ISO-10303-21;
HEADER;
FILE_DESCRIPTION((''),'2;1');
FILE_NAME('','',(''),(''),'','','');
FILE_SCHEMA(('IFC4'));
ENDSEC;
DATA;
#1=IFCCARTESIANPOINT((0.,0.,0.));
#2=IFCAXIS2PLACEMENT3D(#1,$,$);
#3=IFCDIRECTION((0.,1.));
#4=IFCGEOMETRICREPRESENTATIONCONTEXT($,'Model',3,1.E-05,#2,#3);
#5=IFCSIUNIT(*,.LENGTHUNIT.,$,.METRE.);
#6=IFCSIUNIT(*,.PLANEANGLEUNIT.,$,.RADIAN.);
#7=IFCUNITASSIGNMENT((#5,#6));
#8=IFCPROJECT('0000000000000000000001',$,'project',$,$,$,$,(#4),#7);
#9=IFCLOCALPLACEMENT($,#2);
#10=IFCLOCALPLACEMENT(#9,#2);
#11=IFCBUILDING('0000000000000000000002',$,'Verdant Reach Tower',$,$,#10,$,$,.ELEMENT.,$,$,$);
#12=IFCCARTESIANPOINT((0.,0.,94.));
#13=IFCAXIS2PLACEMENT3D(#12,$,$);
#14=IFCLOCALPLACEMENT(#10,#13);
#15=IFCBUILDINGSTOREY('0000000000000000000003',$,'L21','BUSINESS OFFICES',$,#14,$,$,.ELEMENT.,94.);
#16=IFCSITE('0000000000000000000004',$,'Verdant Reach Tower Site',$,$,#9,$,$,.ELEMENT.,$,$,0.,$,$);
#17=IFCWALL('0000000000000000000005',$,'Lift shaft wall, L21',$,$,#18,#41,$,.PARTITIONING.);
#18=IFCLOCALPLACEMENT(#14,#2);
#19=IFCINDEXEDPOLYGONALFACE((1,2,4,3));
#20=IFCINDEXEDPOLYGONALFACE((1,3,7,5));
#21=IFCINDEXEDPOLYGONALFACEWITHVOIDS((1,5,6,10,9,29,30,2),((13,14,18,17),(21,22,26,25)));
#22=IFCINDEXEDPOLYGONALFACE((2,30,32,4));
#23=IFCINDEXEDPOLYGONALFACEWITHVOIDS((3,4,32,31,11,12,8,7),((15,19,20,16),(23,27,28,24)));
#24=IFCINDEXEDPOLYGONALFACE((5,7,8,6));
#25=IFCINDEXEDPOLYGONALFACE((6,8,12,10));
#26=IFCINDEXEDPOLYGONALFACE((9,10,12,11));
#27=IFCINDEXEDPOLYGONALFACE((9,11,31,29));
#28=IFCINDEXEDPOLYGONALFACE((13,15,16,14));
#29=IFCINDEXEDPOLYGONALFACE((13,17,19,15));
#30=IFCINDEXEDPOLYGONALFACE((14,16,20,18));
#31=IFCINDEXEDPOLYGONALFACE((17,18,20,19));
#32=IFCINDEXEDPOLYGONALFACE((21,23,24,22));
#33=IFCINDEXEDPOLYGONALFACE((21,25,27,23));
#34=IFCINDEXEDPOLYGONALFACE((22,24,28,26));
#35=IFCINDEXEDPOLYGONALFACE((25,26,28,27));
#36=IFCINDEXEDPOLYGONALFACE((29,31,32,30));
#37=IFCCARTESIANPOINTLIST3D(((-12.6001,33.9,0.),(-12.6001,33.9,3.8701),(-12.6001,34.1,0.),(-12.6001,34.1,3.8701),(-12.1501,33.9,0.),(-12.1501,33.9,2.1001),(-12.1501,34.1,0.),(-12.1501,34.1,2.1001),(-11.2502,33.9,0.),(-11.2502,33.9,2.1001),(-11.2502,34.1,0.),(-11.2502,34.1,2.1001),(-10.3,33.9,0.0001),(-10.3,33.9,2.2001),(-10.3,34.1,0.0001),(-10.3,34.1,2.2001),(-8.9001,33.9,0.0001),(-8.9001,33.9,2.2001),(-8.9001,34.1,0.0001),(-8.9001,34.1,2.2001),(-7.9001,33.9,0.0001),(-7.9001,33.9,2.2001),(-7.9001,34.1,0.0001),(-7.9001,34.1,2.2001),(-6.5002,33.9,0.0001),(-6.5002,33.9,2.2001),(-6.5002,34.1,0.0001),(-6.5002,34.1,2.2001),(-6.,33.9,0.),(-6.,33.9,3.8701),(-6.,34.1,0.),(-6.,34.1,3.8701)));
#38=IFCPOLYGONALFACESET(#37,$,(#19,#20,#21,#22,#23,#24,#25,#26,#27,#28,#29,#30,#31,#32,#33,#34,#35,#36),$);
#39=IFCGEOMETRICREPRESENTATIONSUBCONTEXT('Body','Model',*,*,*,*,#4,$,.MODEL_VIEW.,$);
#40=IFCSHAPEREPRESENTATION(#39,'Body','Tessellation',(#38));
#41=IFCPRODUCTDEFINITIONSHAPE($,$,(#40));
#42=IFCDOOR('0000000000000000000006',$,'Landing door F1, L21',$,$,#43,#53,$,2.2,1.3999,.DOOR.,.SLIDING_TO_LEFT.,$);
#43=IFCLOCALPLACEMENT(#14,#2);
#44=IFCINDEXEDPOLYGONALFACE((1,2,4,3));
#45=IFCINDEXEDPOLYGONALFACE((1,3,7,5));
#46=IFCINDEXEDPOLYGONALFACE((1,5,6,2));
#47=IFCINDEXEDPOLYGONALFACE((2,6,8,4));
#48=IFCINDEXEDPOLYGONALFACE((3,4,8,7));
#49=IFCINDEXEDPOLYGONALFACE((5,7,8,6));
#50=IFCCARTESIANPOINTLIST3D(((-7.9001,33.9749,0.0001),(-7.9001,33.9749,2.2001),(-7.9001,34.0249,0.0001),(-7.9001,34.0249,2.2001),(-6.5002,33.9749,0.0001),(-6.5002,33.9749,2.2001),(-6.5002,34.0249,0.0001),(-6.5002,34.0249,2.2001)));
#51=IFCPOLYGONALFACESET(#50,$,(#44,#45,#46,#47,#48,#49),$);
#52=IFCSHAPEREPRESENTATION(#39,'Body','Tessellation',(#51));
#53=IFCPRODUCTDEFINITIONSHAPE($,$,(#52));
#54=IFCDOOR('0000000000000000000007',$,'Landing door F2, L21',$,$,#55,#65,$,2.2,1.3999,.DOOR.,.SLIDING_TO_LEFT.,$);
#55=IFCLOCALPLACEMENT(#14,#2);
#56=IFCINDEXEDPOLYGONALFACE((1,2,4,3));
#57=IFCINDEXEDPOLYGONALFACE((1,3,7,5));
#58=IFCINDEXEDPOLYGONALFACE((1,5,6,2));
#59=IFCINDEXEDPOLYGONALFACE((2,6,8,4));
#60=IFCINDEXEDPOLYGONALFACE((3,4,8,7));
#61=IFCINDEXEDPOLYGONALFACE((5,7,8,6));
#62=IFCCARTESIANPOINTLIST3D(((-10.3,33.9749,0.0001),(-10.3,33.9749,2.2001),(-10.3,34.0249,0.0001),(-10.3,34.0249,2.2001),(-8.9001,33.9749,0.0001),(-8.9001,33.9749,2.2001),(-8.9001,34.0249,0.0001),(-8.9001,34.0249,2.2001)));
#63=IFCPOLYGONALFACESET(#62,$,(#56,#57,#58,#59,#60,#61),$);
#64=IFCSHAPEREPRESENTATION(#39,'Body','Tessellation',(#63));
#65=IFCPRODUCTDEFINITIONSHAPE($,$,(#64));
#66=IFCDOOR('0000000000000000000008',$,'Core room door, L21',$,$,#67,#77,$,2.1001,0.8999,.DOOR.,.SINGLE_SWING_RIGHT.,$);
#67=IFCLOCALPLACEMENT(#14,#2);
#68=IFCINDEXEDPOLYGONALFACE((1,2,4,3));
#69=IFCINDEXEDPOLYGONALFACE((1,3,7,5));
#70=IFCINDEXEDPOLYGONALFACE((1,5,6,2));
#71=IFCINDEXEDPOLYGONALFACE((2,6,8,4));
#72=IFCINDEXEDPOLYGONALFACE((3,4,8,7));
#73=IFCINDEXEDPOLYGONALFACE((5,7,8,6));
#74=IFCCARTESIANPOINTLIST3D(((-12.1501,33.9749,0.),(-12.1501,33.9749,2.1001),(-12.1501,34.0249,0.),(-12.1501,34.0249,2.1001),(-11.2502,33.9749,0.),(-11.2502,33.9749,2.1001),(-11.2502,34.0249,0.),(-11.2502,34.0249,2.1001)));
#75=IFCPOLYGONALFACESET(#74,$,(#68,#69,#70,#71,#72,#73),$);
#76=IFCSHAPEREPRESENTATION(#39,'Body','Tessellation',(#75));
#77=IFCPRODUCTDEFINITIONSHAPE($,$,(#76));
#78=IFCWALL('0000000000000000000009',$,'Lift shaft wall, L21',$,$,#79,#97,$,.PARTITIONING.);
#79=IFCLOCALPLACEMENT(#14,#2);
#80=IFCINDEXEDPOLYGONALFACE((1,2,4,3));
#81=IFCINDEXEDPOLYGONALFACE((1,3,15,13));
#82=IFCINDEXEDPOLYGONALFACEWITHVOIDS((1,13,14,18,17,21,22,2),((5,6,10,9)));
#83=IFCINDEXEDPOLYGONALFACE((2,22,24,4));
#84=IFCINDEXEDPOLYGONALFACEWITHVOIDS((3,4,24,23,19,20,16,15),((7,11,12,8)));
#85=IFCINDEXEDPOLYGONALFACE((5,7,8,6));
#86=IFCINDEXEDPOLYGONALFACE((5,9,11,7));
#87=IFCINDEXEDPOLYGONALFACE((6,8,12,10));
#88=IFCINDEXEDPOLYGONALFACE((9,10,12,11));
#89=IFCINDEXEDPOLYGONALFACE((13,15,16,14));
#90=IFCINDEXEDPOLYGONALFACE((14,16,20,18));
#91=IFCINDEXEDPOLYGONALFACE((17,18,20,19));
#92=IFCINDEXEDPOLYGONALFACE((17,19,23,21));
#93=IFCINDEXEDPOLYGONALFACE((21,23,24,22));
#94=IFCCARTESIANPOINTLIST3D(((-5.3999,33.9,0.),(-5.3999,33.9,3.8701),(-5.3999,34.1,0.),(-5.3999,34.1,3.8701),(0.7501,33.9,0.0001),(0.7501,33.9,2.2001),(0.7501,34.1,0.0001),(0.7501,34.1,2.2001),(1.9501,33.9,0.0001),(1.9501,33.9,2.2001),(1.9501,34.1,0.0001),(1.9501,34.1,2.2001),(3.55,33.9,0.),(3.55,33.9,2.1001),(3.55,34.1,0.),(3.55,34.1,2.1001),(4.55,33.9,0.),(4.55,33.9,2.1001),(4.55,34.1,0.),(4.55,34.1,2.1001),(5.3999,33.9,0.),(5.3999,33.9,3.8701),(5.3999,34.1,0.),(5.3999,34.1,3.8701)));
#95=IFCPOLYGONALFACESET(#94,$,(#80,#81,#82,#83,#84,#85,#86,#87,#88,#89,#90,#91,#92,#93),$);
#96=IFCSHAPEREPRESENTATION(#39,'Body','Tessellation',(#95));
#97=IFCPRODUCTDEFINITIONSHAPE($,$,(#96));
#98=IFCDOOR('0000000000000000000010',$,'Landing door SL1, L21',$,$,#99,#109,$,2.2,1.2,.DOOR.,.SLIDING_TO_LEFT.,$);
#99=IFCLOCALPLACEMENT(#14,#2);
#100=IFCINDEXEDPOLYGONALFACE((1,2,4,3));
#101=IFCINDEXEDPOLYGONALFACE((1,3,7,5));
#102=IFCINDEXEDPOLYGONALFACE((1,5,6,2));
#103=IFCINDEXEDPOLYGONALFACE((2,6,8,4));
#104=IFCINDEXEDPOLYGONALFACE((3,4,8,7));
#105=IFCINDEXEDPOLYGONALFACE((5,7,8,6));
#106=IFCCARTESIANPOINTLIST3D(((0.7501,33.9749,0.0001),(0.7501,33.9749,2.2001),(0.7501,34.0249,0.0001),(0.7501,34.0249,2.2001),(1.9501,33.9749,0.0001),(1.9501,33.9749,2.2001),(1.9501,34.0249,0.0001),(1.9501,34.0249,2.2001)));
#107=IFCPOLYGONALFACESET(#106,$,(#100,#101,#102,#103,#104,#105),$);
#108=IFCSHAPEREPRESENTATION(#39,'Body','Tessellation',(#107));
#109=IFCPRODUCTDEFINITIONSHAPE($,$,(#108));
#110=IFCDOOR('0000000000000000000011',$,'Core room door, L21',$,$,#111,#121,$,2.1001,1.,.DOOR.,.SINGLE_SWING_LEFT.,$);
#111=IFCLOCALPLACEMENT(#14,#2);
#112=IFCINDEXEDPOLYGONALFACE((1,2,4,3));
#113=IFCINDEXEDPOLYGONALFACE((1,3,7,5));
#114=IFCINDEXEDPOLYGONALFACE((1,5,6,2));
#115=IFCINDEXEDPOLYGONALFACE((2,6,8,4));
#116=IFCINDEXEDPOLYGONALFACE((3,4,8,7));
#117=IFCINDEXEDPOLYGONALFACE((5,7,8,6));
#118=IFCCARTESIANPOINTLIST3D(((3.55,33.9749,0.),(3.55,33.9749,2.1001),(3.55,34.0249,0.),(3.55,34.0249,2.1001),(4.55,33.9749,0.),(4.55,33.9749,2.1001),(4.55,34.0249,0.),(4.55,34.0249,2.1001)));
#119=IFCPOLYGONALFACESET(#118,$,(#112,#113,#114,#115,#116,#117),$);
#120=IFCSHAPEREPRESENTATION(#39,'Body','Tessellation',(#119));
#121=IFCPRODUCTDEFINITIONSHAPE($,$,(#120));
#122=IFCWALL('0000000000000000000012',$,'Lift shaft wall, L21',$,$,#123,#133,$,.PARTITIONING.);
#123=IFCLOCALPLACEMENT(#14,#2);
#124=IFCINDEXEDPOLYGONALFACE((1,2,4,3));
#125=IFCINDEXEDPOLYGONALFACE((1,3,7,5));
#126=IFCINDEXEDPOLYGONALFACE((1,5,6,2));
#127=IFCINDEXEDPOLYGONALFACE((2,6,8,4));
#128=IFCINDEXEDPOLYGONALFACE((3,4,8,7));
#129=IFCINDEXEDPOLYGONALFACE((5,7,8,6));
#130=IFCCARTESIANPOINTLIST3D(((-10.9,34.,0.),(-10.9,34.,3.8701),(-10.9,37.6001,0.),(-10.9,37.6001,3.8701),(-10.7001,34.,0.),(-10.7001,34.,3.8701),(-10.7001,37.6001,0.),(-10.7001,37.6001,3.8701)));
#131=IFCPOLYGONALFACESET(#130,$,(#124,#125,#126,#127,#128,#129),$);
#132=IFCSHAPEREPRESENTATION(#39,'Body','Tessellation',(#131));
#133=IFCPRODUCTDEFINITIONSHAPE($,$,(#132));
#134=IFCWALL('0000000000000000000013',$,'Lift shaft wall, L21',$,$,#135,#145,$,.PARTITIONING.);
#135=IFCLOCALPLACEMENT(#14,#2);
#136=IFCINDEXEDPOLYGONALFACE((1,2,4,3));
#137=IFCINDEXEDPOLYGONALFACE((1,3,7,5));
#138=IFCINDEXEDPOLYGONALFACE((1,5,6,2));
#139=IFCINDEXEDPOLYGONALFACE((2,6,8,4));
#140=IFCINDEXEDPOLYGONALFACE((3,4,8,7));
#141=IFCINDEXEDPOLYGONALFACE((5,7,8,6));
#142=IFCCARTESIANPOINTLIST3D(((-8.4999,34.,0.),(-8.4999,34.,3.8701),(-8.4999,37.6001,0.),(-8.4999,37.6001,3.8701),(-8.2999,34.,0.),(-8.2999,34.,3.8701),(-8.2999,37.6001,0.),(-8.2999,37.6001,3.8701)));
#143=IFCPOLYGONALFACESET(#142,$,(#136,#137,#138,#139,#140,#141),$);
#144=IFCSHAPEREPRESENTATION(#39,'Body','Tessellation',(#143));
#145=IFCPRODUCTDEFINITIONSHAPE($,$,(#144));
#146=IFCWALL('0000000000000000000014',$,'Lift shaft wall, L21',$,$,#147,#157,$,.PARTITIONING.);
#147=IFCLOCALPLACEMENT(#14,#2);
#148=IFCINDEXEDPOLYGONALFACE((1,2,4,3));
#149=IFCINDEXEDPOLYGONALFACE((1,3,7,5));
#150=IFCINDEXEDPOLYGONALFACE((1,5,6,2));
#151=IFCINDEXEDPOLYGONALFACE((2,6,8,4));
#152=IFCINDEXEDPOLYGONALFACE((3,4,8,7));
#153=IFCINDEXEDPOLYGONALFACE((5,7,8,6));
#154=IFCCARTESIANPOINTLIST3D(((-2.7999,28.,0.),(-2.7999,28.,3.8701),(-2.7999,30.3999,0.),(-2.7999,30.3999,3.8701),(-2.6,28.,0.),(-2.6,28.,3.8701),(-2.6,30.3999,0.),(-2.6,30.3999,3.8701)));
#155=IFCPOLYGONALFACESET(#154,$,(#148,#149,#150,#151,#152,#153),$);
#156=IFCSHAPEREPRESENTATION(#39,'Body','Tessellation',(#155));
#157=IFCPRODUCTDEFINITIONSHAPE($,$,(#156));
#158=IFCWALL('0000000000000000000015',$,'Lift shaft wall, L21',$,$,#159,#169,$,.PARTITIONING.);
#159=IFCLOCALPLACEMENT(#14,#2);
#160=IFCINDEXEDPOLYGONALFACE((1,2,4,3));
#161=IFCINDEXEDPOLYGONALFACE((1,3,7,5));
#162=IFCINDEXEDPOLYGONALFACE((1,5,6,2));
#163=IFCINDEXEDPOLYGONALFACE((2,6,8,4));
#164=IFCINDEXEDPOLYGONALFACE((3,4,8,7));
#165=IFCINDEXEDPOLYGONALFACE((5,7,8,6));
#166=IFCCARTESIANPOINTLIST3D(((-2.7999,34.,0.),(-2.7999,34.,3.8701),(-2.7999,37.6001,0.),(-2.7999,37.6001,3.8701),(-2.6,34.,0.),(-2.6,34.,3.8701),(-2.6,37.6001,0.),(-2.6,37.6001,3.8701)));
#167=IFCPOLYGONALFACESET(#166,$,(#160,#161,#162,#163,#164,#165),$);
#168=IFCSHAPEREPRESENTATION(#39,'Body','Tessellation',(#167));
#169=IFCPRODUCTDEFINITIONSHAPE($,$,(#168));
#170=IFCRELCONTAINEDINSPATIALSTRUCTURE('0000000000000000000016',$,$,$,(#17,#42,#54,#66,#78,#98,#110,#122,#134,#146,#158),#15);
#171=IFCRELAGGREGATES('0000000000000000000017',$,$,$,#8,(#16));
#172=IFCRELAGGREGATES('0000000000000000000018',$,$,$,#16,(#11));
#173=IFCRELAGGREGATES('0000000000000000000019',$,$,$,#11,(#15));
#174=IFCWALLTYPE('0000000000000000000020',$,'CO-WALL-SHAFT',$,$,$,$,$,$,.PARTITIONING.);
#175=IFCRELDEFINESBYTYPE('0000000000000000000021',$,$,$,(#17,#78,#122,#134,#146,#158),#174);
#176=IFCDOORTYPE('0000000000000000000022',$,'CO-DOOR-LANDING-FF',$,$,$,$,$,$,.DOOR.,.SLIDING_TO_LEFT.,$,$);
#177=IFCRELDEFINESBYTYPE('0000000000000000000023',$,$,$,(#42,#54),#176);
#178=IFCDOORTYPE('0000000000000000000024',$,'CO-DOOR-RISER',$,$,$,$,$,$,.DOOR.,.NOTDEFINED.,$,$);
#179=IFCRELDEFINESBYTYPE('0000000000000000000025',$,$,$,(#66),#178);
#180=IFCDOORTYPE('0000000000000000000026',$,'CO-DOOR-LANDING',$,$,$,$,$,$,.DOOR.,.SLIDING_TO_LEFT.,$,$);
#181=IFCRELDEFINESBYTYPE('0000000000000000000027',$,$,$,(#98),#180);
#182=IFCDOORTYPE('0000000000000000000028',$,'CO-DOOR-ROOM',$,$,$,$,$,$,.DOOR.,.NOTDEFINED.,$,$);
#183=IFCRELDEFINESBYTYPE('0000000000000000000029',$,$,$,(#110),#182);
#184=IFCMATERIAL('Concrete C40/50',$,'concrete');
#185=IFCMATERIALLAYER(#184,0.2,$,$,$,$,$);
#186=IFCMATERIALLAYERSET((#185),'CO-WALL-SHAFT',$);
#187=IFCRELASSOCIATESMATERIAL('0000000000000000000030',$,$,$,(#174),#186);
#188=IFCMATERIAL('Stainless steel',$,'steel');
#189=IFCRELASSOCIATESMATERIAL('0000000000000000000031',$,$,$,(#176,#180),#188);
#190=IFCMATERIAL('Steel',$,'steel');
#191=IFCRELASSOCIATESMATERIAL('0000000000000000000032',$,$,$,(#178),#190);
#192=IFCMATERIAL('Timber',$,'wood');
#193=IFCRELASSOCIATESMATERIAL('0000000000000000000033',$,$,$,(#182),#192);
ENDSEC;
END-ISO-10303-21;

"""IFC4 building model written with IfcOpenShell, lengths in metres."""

from ifc_helpers import new_model, si_unit, direction, frame, frame_2d, origin, place, context, subcontext, project, spatial, rectangle, extrude, material, layer, layer_set, type_object, element, fill, save


model = new_model("IFC4")

# Units and contexts
model_context = context("Model", 3, precision=1e-05, world=origin(), true_north=direction((0.0, 1.0)))
body_context = subcontext(model_context, "Body", "Model", "MODEL_VIEW")
ifc_project = project(units=[si_unit("LENGTHUNIT", "METRE"), si_unit("PLANEANGLEUNIT", "RADIAN")], contexts=[model_context])

# Site, building, storey
site_placement = place(None, origin())
site = spatial("IfcSite", under=ifc_project, at=site_placement, Name="Verdant Reach Tower Site", CompositionType="ELEMENT", RefElevation=0.0)
building_placement = place(site_placement, origin())
building = spatial("IfcBuilding", under=site, at=building_placement, Name="Verdant Reach Tower", CompositionType="ELEMENT")
storey_placement = place(building_placement, frame((0.0, 0.0, 94.0)))
storey = spatial("IfcBuildingStorey", under=building, at=storey_placement, Name="L21", Description="BUSINESS OFFICES", CompositionType="ELEMENT", Elevation=94.0)

# Shared definitions
ifc_material_1 = material(Name="Concrete C40/50", Category="concrete")
ifc_layer_1 = layer(ifc_material_1, 0.2)
ifc_layer_set_1 = layer_set([ifc_layer_1], Name="CO-WALL-SHAFT")
wall_type_1 = type_object("IfcWallType", Name="CO-WALL-SHAFT", PredefinedType="PARTITIONING", material=ifc_layer_set_1)

# Walls, openings, doors
wall_1_placement = place(storey_placement, frame((-12.6001, 34.0, 0.0), z_axis=(0.0, 0.0, 1.0), x_axis=(1.0, 0.0, 0.0)))
wall_1 = element("IfcWall", 1, at=wall_1_placement, inside=storey, type_object=wall_type_1, Name="Lift shaft wall, L21", PredefinedType="PARTITIONING", context=body_context, shape_type="SweptSolid", body=[
    extrude(rectangle(XDim=6.6001, YDim=0.2, at=frame_2d((3.3, 0.0))), origin(), (0.0, 0.0, 1.0), 3.8701),
])
opening_1_placement = place(wall_1_placement, frame((4.7, 0.0, 0.0)))
opening_1 = element("IfcOpeningElement", 2, at=opening_1_placement, cuts=wall_1, PredefinedType="OPENING", context=body_context, shape_type="SweptSolid", body=[
    extrude(rectangle(XDim=1.3999, YDim=2.2, at=frame_2d((0.7, 1.1001))), frame((0.0, 0.1099, 0.0), z_axis=(0.0, -1.0, 0.0), x_axis=(1.0, 0.0, 0.0)), (0.0, 0.0, 1.0), 0.22),
])
opening_2_placement = place(wall_1_placement, frame((2.3, 0.0, 0.0)))
opening_2 = element("IfcOpeningElement", 3, at=opening_2_placement, cuts=wall_1, PredefinedType="OPENING", context=body_context, shape_type="SweptSolid", body=[
    extrude(rectangle(XDim=1.3999, YDim=2.2, at=frame_2d((0.7, 1.1001))), frame((0.0, 0.1099, 0.0), z_axis=(0.0, -1.0, 0.0), x_axis=(1.0, 0.0, 0.0)), (0.0, 0.0, 1.0), 0.22),
])
opening_3_placement = place(wall_1_placement, frame((0.45, 0.0, 0.0)))
opening_3 = element("IfcOpeningElement", 4, at=opening_3_placement, cuts=wall_1, PredefinedType="OPENING", context=body_context, shape_type="SweptSolid", body=[
    extrude(rectangle(XDim=0.8999, YDim=2.1001, at=frame_2d((0.45, 1.05))), frame((0.0, 0.1099, 0.0), z_axis=(0.0, -1.0, 0.0), x_axis=(1.0, 0.0, 0.0)), (0.0, 0.0, 1.0), 0.22),
])
ifc_material_2 = material(Name="Stainless steel", Category="steel")
door_type_1 = type_object("IfcDoorType", Name="CO-DOOR-LANDING-FF", OperationType="SLIDING_TO_LEFT", PredefinedType="DOOR", material=ifc_material_2)
door_1_placement = place(opening_1_placement, origin())
door_1 = element("IfcDoor", 5, at=door_1_placement, inside=storey, type_object=door_type_1, Name="Landing door F1, L21", OperationType="SLIDING_TO_LEFT", OverallHeight=2.2, OverallWidth=1.3999, PredefinedType="DOOR", context=body_context, shape_type="SweptSolid", body=[
    extrude(rectangle(XDim=1.3999, YDim=2.2, at=frame_2d((0.7, 1.1001))), frame((0.0, 0.0249, 0.0), z_axis=(0.0, -1.0, 0.0), x_axis=(1.0, 0.0, 0.0)), (0.0, 0.0, 1.0), 0.05),
])
fill(opening_1, door_1)
door_2_placement = place(opening_2_placement, origin())
door_2 = element("IfcDoor", 6, at=door_2_placement, inside=storey, type_object=door_type_1, Name="Landing door F2, L21", OperationType="SLIDING_TO_LEFT", OverallHeight=2.2, OverallWidth=1.3999, PredefinedType="DOOR", context=body_context, shape_type="SweptSolid", body=[
    extrude(rectangle(XDim=1.3999, YDim=2.2, at=frame_2d((0.7, 1.1001))), frame((0.0, 0.0249, 0.0), z_axis=(0.0, -1.0, 0.0), x_axis=(1.0, 0.0, 0.0)), (0.0, 0.0, 1.0), 0.05),
])
fill(opening_2, door_2)
ifc_material_3 = material(Name="Steel", Category="steel")
door_type_2 = type_object("IfcDoorType", Name="CO-DOOR-RISER", OperationType="NOTDEFINED", PredefinedType="DOOR", material=ifc_material_3)
door_3_placement = place(opening_3_placement, origin())
door_3 = element("IfcDoor", 7, at=door_3_placement, inside=storey, type_object=door_type_2, Name="Core room door, L21", OperationType="SINGLE_SWING_RIGHT", OverallHeight=2.1001, OverallWidth=0.8999, PredefinedType="DOOR", context=body_context, shape_type="SweptSolid", body=[
    extrude(rectangle(XDim=0.8999, YDim=2.1001, at=frame_2d((0.45, 1.05))), frame((0.0, 0.0249, 0.0), z_axis=(0.0, -1.0, 0.0), x_axis=(1.0, 0.0, 0.0)), (0.0, 0.0, 1.0), 0.05),
])
fill(opening_3, door_3)
wall_2_placement = place(storey_placement, frame((-5.3999, 34.0, 0.0), z_axis=(0.0, 0.0, 1.0), x_axis=(1.0, 0.0, 0.0)))
wall_2 = element("IfcWall", 8, at=wall_2_placement, inside=storey, type_object=wall_type_1, Name="Lift shaft wall, L21", PredefinedType="PARTITIONING", context=body_context, shape_type="SweptSolid", body=[
    extrude(rectangle(XDim=10.7998, YDim=0.2, at=frame_2d((5.3999, 0.0))), origin(), (0.0, 0.0, 1.0), 3.8701),
])
opening_4_placement = place(wall_2_placement, frame((6.1499, 0.0, 0.0)))
opening_4 = element("IfcOpeningElement", 9, at=opening_4_placement, cuts=wall_2, PredefinedType="OPENING", context=body_context, shape_type="SweptSolid", body=[
    extrude(rectangle(XDim=1.2, YDim=2.2, at=frame_2d((0.6001, 1.1001))), frame((0.0, 0.1099, 0.0), z_axis=(0.0, -1.0, 0.0), x_axis=(1.0, 0.0, 0.0)), (0.0, 0.0, 1.0), 0.22),
])
opening_5_placement = place(wall_2_placement, frame((8.95, 0.0, 0.0)))
opening_5 = element("IfcOpeningElement", 10, at=opening_5_placement, cuts=wall_2, PredefinedType="OPENING", context=body_context, shape_type="SweptSolid", body=[
    extrude(rectangle(XDim=1.0, YDim=2.1001, at=frame_2d((0.5, 1.05))), frame((0.0, 0.1099, 0.0), z_axis=(0.0, -1.0, 0.0), x_axis=(1.0, 0.0, 0.0)), (0.0, 0.0, 1.0), 0.22),
])
door_type_3 = type_object("IfcDoorType", Name="CO-DOOR-LANDING", OperationType="SLIDING_TO_LEFT", PredefinedType="DOOR", material=ifc_material_2)
door_4_placement = place(opening_4_placement, origin())
door_4 = element("IfcDoor", 11, at=door_4_placement, inside=storey, type_object=door_type_3, Name="Landing door SL1, L21", OperationType="SLIDING_TO_LEFT", OverallHeight=2.2, OverallWidth=1.2, PredefinedType="DOOR", context=body_context, shape_type="SweptSolid", body=[
    extrude(rectangle(XDim=1.2, YDim=2.2, at=frame_2d((0.6001, 1.1001))), frame((0.0, 0.0249, 0.0), z_axis=(0.0, -1.0, 0.0), x_axis=(1.0, 0.0, 0.0)), (0.0, 0.0, 1.0), 0.05),
])
fill(opening_4, door_4)
ifc_material_4 = material(Name="Timber", Category="wood")
door_type_4 = type_object("IfcDoorType", Name="CO-DOOR-ROOM", OperationType="NOTDEFINED", PredefinedType="DOOR", material=ifc_material_4)
door_5_placement = place(opening_5_placement, origin())
door_5 = element("IfcDoor", 12, at=door_5_placement, inside=storey, type_object=door_type_4, Name="Core room door, L21", OperationType="SINGLE_SWING_LEFT", OverallHeight=2.1001, OverallWidth=1.0, PredefinedType="DOOR", context=body_context, shape_type="SweptSolid", body=[
    extrude(rectangle(XDim=1.0, YDim=2.1001, at=frame_2d((0.5, 1.05))), frame((0.0, 0.0249, 0.0), z_axis=(0.0, -1.0, 0.0), x_axis=(1.0, 0.0, 0.0)), (0.0, 0.0, 1.0), 0.05),
])
fill(opening_5, door_5)

# Walls
for number, where, z_axis, x_axis, name in (
    (13, (-10.8, 34.0, 0.0), (0.0, 0.0, 1.0), (0.0, 1.0, 0.0), "Lift shaft wall, L21"),
    (14, (-8.3999, 34.0, 0.0), (0.0, 0.0, 1.0), (0.0, 1.0, 0.0), "Lift shaft wall, L21"),
):
    element("IfcWall", number, at=place(storey_placement, frame(where, z_axis=z_axis, x_axis=x_axis)), inside=storey, type_object=wall_type_1, Name=name, PredefinedType="PARTITIONING", context=body_context, shape_type="SweptSolid", body=[
        extrude(rectangle(XDim=3.6001, YDim=0.2, at=frame_2d((1.8, 0.0))), origin(), (0.0, 0.0, 1.0), 3.8701),
    ])
wall_3_placement = place(storey_placement, frame((-2.7, 28.0, 0.0), z_axis=(0.0, 0.0, 1.0), x_axis=(0.0, 1.0, 0.0)))
element("IfcWall", 15, at=wall_3_placement, inside=storey, type_object=wall_type_1, Name="Lift shaft wall, L21", PredefinedType="PARTITIONING", context=body_context, shape_type="SweptSolid", body=[
    extrude(rectangle(XDim=2.3999, YDim=0.2, at=frame_2d((1.2, 0.0))), origin(), (0.0, 0.0, 1.0), 3.8701),
])
for number, where, z_axis, x_axis, name in (
    (16, (-2.7, 34.0, 0.0), (0.0, 0.0, 1.0), (0.0, 1.0, 0.0), "Lift shaft wall, L21"),
):
    element("IfcWall", number, at=place(storey_placement, frame(where, z_axis=z_axis, x_axis=x_axis)), inside=storey, type_object=wall_type_1, Name=name, PredefinedType="PARTITIONING", context=body_context, shape_type="SweptSolid", body=[
        extrude(rectangle(XDim=3.6001, YDim=0.2, at=frame_2d((1.8, 0.0))), origin(), (0.0, 0.0, 1.0), 3.8701),
    ])

save(model, "model.ifc")
